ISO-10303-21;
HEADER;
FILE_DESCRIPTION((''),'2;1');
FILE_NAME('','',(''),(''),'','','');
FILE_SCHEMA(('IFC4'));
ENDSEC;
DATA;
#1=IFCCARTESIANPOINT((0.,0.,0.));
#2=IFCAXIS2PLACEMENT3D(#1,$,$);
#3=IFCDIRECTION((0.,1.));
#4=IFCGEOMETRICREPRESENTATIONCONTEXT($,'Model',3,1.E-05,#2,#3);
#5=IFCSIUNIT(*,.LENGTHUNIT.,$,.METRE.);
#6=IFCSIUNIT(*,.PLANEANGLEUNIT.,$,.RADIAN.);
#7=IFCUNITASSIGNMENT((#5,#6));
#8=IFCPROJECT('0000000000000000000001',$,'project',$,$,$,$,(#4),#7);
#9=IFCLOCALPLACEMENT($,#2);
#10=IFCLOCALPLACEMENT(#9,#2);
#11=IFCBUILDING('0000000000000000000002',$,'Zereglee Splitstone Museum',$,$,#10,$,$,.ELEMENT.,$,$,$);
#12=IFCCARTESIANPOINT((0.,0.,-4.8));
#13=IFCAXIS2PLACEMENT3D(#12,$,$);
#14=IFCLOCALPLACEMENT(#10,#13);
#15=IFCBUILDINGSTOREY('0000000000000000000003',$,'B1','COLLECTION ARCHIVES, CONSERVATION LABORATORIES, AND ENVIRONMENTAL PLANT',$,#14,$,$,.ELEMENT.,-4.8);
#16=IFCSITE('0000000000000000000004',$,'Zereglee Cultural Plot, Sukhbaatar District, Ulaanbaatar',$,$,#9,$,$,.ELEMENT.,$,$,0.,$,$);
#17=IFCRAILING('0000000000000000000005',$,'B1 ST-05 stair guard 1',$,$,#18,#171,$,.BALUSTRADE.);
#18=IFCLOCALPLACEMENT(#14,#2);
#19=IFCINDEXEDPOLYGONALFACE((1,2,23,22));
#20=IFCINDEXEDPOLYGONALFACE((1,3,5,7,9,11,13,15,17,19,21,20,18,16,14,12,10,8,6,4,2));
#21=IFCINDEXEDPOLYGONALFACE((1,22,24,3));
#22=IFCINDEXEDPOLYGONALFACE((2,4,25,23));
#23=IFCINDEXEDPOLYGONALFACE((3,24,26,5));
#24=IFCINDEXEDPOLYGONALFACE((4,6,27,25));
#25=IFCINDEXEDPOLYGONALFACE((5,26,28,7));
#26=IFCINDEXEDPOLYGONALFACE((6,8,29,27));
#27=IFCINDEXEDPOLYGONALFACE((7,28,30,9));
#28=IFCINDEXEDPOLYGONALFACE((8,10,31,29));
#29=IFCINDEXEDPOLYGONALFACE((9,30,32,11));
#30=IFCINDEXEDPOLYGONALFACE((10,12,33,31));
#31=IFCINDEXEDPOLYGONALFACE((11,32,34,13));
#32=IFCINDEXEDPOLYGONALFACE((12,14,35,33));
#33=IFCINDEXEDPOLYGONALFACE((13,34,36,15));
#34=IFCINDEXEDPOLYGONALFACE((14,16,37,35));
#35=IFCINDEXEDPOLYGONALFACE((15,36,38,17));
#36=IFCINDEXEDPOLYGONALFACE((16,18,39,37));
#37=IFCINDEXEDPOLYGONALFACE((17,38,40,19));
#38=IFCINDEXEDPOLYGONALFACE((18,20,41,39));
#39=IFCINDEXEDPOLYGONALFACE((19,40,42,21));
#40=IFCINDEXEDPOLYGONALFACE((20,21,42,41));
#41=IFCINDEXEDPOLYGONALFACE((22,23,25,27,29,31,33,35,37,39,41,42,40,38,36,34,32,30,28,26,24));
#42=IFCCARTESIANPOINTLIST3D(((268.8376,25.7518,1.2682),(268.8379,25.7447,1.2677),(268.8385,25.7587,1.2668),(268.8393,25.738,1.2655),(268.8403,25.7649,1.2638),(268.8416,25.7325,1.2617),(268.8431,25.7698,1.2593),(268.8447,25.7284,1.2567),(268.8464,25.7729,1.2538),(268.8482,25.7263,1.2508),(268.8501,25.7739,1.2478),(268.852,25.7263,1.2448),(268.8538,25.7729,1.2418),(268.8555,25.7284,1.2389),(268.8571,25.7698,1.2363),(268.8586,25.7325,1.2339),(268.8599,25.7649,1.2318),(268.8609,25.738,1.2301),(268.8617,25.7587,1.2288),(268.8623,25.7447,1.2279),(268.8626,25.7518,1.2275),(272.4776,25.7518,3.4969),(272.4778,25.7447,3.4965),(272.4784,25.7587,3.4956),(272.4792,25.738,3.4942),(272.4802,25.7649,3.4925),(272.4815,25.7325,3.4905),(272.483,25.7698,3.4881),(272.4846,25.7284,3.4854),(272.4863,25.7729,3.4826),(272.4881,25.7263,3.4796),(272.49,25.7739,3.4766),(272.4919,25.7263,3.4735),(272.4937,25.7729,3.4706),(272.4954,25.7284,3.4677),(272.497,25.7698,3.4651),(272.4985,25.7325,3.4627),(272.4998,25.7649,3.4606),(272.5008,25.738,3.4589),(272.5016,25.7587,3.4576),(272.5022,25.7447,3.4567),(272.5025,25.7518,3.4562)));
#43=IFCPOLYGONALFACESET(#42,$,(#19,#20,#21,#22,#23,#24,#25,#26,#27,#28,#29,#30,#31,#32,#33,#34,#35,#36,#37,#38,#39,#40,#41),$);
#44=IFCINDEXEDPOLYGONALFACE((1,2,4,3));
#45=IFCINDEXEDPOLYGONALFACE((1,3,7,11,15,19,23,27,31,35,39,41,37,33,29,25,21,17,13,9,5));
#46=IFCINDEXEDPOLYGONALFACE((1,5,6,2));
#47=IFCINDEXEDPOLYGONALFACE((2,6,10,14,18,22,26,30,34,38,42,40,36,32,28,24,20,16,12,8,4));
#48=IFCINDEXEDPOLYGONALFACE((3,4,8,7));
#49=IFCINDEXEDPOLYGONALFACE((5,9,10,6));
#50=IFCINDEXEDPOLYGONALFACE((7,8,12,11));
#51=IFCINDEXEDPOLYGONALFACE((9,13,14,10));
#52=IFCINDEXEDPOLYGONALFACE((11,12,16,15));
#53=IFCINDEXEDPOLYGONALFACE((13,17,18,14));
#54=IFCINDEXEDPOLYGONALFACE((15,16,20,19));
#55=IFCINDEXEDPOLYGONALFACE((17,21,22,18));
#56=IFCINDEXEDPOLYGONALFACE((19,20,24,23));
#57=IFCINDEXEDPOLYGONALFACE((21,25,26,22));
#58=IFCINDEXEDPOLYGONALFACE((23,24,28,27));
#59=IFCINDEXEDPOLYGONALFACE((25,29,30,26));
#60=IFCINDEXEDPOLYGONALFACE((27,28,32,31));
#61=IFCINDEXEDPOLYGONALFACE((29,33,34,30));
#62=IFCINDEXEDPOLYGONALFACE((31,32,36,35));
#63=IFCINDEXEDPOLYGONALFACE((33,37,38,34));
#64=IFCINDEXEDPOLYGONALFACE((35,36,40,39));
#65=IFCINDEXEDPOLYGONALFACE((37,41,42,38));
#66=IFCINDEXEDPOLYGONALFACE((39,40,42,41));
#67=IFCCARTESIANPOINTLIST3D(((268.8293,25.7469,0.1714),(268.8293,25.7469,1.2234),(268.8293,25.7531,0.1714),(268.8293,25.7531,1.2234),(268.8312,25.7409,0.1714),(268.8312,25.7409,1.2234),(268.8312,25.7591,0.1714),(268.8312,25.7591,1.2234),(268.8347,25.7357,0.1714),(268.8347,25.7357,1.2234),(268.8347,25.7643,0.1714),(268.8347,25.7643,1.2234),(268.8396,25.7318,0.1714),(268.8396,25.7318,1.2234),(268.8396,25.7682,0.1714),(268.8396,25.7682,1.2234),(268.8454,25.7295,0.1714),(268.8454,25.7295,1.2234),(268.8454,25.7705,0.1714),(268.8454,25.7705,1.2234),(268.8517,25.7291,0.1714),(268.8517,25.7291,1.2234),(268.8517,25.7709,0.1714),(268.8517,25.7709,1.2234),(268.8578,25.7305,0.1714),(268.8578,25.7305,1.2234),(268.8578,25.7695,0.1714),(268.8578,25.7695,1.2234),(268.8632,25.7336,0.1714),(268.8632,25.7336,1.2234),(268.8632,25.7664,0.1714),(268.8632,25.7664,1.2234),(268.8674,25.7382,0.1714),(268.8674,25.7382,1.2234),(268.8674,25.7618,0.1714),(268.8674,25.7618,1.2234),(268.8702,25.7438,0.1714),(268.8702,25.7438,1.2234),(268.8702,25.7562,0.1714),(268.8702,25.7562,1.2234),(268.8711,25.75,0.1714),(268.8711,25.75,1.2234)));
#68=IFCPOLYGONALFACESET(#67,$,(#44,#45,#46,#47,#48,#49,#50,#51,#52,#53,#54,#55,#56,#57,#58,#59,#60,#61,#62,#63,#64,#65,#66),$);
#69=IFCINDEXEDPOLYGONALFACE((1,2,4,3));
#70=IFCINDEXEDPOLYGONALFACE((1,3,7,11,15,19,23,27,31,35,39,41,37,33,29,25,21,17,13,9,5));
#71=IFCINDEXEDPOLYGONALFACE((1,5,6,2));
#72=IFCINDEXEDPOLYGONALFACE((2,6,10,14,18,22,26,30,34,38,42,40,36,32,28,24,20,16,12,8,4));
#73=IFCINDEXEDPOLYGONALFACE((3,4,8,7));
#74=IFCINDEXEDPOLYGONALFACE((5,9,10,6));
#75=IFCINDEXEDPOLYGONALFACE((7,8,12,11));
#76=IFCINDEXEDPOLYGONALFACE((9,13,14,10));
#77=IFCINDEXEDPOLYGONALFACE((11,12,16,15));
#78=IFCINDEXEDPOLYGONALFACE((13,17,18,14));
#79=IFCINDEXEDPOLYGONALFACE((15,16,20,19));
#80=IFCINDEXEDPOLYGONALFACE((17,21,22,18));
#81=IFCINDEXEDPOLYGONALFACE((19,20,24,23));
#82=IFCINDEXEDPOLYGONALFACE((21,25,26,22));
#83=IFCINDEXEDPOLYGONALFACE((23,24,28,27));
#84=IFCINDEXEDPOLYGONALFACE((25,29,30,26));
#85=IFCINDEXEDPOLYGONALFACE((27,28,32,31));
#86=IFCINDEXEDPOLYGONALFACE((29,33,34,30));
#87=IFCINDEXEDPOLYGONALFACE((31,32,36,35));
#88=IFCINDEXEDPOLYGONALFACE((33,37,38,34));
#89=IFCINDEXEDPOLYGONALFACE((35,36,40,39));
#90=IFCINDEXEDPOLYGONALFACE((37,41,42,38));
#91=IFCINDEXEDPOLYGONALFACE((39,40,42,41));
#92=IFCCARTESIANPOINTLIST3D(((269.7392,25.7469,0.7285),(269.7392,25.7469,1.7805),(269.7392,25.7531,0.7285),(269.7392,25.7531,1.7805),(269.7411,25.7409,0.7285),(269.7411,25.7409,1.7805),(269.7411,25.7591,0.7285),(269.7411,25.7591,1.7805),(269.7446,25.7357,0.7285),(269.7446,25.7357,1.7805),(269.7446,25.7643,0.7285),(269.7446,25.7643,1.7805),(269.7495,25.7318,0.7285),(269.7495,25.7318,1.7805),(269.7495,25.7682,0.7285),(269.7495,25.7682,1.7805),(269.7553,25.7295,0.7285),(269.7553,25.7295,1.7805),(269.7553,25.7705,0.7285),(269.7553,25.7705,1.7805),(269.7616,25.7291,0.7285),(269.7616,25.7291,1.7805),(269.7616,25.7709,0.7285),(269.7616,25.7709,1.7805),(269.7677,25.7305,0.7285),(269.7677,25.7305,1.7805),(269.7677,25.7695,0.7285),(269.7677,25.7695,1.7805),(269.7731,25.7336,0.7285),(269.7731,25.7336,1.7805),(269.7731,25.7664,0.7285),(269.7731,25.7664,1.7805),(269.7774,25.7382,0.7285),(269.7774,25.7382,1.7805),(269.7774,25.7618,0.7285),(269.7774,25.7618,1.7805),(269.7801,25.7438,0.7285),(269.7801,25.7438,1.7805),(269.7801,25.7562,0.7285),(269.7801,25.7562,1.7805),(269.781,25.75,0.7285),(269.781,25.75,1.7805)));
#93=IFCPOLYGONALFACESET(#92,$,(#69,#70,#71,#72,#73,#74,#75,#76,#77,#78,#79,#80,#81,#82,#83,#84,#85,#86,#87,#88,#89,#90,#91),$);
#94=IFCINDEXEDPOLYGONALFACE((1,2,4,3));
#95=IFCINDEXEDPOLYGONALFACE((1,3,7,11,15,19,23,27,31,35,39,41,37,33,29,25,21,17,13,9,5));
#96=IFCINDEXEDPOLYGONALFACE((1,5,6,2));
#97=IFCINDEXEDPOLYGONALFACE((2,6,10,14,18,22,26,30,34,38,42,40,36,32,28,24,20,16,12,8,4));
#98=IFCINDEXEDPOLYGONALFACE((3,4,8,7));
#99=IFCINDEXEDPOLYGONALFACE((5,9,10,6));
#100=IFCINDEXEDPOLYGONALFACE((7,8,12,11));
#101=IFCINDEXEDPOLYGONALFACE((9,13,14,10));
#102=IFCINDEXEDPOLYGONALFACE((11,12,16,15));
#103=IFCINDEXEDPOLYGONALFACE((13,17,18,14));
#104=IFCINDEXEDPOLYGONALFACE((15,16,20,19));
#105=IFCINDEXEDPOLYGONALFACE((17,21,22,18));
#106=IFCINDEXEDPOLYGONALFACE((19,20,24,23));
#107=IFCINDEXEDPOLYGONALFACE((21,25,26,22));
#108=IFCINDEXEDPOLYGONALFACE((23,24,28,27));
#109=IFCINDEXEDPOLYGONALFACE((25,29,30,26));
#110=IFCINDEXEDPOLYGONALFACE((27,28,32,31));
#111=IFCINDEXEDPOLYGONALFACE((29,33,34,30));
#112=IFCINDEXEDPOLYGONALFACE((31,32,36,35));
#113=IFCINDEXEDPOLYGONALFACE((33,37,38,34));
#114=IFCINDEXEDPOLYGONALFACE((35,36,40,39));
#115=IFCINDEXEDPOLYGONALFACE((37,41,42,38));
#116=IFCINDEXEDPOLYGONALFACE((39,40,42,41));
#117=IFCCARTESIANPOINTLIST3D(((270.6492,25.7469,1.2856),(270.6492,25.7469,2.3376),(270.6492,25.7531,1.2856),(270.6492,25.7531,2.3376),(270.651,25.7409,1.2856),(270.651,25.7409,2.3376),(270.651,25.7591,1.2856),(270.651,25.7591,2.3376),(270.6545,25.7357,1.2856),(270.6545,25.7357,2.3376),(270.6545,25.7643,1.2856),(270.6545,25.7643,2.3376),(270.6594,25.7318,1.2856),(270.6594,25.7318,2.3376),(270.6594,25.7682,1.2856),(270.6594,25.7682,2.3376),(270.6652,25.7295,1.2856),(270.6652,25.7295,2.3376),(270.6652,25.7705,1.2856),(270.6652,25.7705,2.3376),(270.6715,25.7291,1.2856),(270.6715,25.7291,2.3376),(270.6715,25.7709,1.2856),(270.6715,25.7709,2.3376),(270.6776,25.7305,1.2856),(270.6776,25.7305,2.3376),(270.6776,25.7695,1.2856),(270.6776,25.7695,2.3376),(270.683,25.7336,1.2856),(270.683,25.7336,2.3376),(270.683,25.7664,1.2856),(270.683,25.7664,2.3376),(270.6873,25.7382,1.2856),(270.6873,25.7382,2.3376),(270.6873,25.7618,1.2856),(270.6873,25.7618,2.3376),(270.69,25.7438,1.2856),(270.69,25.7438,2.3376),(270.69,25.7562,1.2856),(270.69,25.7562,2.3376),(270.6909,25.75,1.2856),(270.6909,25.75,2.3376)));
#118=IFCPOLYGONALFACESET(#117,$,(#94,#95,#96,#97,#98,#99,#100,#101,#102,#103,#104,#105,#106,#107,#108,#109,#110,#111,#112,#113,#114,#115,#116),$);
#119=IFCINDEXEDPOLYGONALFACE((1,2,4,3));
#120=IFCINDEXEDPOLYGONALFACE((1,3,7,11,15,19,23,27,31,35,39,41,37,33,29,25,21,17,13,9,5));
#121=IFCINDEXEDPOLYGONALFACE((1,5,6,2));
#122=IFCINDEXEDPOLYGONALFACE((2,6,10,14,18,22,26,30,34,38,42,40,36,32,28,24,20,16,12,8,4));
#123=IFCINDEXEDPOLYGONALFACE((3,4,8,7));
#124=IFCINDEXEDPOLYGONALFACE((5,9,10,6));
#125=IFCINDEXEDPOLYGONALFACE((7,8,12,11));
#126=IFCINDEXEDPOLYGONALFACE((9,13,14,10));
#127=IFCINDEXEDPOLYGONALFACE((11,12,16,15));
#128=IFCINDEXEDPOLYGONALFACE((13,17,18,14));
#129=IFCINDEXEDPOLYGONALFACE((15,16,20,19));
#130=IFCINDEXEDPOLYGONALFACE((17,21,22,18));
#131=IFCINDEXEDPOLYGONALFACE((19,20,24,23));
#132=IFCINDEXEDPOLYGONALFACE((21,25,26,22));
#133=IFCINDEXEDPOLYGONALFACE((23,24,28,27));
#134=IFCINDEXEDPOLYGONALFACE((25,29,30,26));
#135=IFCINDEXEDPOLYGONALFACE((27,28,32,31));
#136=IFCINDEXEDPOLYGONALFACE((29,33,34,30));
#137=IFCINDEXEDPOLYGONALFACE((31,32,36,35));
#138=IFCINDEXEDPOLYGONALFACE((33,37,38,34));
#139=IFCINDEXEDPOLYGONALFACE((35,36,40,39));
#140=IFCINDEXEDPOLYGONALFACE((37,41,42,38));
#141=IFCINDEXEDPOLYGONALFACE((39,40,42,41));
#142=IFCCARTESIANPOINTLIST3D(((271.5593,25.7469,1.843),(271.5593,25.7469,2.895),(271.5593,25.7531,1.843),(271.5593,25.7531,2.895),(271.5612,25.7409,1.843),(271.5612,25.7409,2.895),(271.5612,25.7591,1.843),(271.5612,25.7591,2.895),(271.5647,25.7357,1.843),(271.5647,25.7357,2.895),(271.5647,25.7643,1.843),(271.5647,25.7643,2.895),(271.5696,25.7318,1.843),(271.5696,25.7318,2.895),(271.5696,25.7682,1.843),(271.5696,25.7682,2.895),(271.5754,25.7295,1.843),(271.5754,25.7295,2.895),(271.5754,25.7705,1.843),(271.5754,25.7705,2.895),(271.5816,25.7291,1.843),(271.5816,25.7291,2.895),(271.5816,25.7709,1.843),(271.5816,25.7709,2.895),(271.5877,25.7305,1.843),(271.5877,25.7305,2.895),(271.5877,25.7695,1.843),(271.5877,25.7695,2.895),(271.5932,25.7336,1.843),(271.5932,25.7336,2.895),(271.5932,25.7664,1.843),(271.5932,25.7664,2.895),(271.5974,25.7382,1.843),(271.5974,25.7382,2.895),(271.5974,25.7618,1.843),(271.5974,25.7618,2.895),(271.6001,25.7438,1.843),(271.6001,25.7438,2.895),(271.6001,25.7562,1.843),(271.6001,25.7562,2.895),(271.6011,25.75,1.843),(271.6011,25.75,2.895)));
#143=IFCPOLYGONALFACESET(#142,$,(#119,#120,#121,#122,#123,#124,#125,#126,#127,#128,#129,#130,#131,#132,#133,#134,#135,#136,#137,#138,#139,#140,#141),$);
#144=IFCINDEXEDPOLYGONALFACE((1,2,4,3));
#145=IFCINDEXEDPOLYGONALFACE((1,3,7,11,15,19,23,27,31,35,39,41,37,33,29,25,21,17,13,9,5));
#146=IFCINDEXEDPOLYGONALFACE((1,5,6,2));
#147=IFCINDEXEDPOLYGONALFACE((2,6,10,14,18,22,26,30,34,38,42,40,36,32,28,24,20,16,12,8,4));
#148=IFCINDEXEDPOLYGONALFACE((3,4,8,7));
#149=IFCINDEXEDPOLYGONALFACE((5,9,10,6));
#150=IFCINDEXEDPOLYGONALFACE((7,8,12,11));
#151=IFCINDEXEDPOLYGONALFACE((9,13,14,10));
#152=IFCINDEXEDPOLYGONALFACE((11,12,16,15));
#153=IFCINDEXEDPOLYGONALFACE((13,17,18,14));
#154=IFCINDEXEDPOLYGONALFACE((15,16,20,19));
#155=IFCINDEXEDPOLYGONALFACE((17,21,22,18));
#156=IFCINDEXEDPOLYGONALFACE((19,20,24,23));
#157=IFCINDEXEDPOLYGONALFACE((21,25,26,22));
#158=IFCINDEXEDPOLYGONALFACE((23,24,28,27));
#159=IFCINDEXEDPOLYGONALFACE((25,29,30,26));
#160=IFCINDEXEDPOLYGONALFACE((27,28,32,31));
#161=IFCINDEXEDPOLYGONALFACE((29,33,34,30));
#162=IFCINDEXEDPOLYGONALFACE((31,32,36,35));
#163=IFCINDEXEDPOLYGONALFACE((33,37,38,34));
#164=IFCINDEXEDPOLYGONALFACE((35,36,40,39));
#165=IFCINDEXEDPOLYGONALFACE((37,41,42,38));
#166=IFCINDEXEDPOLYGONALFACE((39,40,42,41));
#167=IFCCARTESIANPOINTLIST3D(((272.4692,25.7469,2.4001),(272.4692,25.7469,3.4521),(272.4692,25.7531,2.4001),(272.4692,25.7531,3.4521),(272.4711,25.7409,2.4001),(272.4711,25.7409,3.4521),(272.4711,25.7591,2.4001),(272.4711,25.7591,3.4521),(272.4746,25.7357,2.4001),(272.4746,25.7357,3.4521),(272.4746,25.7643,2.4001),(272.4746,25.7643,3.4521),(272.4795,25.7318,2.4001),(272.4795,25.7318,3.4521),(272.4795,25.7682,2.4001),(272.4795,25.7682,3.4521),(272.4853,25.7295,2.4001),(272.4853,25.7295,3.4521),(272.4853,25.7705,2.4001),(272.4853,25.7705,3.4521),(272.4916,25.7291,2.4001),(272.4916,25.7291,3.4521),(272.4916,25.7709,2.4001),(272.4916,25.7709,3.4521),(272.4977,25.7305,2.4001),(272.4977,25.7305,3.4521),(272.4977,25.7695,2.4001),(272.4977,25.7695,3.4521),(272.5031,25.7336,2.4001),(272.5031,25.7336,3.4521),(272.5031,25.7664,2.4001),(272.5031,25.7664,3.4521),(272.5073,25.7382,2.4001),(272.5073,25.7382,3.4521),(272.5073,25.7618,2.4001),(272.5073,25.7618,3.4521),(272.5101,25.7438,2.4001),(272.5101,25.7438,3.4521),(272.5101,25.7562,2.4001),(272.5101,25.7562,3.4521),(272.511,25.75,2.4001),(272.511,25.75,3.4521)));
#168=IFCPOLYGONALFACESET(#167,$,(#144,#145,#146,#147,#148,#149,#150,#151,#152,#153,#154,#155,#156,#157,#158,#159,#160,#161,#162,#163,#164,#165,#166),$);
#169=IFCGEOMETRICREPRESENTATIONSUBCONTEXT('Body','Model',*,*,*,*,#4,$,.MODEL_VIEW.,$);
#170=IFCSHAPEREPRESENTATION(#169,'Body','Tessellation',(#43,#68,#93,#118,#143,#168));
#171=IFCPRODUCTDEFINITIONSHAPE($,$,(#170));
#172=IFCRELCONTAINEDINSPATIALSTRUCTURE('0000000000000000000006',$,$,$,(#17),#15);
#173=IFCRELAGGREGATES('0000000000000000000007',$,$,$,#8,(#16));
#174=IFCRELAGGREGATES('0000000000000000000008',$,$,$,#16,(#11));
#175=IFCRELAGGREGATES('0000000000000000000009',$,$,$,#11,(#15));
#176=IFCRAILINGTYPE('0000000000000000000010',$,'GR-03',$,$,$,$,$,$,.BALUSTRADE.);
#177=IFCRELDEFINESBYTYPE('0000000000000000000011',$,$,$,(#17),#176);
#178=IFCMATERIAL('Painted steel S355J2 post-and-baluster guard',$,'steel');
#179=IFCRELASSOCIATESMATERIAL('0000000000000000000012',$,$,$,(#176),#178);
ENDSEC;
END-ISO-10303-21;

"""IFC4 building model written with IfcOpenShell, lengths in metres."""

from ifc_helpers import new_model, si_unit, direction, frame, origin, origin_2d, place, context, subcontext, project, spatial, circle, extrude, material, type_object, element, save


model = new_model("IFC4")

# Units and contexts
model_context = context("Model", 3, precision=1e-05, world=origin(), true_north=direction((0.0, 1.0)))
body_context = subcontext(model_context, "Body", "Model", "MODEL_VIEW")
ifc_project = project(units=[si_unit("LENGTHUNIT", "METRE"), si_unit("PLANEANGLEUNIT", "RADIAN")], contexts=[model_context])

# Site, building, storey
site_placement = place(None, origin())
site = spatial("IfcSite", under=ifc_project, at=site_placement, Name="Zereglee Cultural Plot, Sukhbaatar District, Ulaanbaatar", CompositionType="ELEMENT", RefElevation=0.0)
building_placement = place(site_placement, origin())
building = spatial("IfcBuilding", under=site, at=building_placement, Name="Zereglee Splitstone Museum", CompositionType="ELEMENT")
storey_placement = place(building_placement, frame((0.0, 0.0, -4.8)))
storey = spatial("IfcBuildingStorey", under=building, at=storey_placement, Name="B1", Description="COLLECTION ARCHIVES, CONSERVATION LABORATORIES, AND ENVIRONMENTAL PLANT", CompositionType="ELEMENT", Elevation=-4.8)

# Railing
ifc_material_1 = material(Name="Painted steel S355J2 post-and-baluster guard", Category="steel")
railing_type = type_object("IfcRailingType", Name="GR-03", PredefinedType="BALUSTRADE", material=ifc_material_1)
railing_placement = place(storey_placement, frame((268.8501, 25.75, 0.1714)))
element("IfcRailing", 1, at=railing_placement, inside=storey, type_object=railing_type, Name="B1 ST-05 stair guard 1", PredefinedType="BALUSTRADE", context=body_context, shape_type="SweptSolid", body=[
    extrude(circle(Radius=0.0239, at=origin_2d()), frame((0.0, 0.0, 1.0764), z_axis=(0.852825, 0.0, 0.522197), x_axis=(0.0, 1.0, 0.0)), (0.0, 0.0, 1.0), 4.2681),
    extrude(circle(Radius=0.021, at=origin_2d()), origin(), (0.0, 0.0, 1.0), 1.052),
    extrude(circle(Radius=0.021, at=origin_2d()), frame((0.9099, 0.0, 0.5571)), (0.0, 0.0, 1.0), 1.052),
    extrude(circle(Radius=0.021, at=origin_2d()), frame((1.8198, 0.0, 1.1143)), (0.0, 0.0, 1.0), 1.052),
    extrude(circle(Radius=0.021, at=origin_2d()), frame((2.73, 0.0, 1.6716)), (0.0, 0.0, 1.0), 1.052),
    extrude(circle(Radius=0.021, at=origin_2d()), frame((3.6399, 0.0, 2.2288)), (0.0, 0.0, 1.0), 1.052),
])

save(model, "model.ifc")
